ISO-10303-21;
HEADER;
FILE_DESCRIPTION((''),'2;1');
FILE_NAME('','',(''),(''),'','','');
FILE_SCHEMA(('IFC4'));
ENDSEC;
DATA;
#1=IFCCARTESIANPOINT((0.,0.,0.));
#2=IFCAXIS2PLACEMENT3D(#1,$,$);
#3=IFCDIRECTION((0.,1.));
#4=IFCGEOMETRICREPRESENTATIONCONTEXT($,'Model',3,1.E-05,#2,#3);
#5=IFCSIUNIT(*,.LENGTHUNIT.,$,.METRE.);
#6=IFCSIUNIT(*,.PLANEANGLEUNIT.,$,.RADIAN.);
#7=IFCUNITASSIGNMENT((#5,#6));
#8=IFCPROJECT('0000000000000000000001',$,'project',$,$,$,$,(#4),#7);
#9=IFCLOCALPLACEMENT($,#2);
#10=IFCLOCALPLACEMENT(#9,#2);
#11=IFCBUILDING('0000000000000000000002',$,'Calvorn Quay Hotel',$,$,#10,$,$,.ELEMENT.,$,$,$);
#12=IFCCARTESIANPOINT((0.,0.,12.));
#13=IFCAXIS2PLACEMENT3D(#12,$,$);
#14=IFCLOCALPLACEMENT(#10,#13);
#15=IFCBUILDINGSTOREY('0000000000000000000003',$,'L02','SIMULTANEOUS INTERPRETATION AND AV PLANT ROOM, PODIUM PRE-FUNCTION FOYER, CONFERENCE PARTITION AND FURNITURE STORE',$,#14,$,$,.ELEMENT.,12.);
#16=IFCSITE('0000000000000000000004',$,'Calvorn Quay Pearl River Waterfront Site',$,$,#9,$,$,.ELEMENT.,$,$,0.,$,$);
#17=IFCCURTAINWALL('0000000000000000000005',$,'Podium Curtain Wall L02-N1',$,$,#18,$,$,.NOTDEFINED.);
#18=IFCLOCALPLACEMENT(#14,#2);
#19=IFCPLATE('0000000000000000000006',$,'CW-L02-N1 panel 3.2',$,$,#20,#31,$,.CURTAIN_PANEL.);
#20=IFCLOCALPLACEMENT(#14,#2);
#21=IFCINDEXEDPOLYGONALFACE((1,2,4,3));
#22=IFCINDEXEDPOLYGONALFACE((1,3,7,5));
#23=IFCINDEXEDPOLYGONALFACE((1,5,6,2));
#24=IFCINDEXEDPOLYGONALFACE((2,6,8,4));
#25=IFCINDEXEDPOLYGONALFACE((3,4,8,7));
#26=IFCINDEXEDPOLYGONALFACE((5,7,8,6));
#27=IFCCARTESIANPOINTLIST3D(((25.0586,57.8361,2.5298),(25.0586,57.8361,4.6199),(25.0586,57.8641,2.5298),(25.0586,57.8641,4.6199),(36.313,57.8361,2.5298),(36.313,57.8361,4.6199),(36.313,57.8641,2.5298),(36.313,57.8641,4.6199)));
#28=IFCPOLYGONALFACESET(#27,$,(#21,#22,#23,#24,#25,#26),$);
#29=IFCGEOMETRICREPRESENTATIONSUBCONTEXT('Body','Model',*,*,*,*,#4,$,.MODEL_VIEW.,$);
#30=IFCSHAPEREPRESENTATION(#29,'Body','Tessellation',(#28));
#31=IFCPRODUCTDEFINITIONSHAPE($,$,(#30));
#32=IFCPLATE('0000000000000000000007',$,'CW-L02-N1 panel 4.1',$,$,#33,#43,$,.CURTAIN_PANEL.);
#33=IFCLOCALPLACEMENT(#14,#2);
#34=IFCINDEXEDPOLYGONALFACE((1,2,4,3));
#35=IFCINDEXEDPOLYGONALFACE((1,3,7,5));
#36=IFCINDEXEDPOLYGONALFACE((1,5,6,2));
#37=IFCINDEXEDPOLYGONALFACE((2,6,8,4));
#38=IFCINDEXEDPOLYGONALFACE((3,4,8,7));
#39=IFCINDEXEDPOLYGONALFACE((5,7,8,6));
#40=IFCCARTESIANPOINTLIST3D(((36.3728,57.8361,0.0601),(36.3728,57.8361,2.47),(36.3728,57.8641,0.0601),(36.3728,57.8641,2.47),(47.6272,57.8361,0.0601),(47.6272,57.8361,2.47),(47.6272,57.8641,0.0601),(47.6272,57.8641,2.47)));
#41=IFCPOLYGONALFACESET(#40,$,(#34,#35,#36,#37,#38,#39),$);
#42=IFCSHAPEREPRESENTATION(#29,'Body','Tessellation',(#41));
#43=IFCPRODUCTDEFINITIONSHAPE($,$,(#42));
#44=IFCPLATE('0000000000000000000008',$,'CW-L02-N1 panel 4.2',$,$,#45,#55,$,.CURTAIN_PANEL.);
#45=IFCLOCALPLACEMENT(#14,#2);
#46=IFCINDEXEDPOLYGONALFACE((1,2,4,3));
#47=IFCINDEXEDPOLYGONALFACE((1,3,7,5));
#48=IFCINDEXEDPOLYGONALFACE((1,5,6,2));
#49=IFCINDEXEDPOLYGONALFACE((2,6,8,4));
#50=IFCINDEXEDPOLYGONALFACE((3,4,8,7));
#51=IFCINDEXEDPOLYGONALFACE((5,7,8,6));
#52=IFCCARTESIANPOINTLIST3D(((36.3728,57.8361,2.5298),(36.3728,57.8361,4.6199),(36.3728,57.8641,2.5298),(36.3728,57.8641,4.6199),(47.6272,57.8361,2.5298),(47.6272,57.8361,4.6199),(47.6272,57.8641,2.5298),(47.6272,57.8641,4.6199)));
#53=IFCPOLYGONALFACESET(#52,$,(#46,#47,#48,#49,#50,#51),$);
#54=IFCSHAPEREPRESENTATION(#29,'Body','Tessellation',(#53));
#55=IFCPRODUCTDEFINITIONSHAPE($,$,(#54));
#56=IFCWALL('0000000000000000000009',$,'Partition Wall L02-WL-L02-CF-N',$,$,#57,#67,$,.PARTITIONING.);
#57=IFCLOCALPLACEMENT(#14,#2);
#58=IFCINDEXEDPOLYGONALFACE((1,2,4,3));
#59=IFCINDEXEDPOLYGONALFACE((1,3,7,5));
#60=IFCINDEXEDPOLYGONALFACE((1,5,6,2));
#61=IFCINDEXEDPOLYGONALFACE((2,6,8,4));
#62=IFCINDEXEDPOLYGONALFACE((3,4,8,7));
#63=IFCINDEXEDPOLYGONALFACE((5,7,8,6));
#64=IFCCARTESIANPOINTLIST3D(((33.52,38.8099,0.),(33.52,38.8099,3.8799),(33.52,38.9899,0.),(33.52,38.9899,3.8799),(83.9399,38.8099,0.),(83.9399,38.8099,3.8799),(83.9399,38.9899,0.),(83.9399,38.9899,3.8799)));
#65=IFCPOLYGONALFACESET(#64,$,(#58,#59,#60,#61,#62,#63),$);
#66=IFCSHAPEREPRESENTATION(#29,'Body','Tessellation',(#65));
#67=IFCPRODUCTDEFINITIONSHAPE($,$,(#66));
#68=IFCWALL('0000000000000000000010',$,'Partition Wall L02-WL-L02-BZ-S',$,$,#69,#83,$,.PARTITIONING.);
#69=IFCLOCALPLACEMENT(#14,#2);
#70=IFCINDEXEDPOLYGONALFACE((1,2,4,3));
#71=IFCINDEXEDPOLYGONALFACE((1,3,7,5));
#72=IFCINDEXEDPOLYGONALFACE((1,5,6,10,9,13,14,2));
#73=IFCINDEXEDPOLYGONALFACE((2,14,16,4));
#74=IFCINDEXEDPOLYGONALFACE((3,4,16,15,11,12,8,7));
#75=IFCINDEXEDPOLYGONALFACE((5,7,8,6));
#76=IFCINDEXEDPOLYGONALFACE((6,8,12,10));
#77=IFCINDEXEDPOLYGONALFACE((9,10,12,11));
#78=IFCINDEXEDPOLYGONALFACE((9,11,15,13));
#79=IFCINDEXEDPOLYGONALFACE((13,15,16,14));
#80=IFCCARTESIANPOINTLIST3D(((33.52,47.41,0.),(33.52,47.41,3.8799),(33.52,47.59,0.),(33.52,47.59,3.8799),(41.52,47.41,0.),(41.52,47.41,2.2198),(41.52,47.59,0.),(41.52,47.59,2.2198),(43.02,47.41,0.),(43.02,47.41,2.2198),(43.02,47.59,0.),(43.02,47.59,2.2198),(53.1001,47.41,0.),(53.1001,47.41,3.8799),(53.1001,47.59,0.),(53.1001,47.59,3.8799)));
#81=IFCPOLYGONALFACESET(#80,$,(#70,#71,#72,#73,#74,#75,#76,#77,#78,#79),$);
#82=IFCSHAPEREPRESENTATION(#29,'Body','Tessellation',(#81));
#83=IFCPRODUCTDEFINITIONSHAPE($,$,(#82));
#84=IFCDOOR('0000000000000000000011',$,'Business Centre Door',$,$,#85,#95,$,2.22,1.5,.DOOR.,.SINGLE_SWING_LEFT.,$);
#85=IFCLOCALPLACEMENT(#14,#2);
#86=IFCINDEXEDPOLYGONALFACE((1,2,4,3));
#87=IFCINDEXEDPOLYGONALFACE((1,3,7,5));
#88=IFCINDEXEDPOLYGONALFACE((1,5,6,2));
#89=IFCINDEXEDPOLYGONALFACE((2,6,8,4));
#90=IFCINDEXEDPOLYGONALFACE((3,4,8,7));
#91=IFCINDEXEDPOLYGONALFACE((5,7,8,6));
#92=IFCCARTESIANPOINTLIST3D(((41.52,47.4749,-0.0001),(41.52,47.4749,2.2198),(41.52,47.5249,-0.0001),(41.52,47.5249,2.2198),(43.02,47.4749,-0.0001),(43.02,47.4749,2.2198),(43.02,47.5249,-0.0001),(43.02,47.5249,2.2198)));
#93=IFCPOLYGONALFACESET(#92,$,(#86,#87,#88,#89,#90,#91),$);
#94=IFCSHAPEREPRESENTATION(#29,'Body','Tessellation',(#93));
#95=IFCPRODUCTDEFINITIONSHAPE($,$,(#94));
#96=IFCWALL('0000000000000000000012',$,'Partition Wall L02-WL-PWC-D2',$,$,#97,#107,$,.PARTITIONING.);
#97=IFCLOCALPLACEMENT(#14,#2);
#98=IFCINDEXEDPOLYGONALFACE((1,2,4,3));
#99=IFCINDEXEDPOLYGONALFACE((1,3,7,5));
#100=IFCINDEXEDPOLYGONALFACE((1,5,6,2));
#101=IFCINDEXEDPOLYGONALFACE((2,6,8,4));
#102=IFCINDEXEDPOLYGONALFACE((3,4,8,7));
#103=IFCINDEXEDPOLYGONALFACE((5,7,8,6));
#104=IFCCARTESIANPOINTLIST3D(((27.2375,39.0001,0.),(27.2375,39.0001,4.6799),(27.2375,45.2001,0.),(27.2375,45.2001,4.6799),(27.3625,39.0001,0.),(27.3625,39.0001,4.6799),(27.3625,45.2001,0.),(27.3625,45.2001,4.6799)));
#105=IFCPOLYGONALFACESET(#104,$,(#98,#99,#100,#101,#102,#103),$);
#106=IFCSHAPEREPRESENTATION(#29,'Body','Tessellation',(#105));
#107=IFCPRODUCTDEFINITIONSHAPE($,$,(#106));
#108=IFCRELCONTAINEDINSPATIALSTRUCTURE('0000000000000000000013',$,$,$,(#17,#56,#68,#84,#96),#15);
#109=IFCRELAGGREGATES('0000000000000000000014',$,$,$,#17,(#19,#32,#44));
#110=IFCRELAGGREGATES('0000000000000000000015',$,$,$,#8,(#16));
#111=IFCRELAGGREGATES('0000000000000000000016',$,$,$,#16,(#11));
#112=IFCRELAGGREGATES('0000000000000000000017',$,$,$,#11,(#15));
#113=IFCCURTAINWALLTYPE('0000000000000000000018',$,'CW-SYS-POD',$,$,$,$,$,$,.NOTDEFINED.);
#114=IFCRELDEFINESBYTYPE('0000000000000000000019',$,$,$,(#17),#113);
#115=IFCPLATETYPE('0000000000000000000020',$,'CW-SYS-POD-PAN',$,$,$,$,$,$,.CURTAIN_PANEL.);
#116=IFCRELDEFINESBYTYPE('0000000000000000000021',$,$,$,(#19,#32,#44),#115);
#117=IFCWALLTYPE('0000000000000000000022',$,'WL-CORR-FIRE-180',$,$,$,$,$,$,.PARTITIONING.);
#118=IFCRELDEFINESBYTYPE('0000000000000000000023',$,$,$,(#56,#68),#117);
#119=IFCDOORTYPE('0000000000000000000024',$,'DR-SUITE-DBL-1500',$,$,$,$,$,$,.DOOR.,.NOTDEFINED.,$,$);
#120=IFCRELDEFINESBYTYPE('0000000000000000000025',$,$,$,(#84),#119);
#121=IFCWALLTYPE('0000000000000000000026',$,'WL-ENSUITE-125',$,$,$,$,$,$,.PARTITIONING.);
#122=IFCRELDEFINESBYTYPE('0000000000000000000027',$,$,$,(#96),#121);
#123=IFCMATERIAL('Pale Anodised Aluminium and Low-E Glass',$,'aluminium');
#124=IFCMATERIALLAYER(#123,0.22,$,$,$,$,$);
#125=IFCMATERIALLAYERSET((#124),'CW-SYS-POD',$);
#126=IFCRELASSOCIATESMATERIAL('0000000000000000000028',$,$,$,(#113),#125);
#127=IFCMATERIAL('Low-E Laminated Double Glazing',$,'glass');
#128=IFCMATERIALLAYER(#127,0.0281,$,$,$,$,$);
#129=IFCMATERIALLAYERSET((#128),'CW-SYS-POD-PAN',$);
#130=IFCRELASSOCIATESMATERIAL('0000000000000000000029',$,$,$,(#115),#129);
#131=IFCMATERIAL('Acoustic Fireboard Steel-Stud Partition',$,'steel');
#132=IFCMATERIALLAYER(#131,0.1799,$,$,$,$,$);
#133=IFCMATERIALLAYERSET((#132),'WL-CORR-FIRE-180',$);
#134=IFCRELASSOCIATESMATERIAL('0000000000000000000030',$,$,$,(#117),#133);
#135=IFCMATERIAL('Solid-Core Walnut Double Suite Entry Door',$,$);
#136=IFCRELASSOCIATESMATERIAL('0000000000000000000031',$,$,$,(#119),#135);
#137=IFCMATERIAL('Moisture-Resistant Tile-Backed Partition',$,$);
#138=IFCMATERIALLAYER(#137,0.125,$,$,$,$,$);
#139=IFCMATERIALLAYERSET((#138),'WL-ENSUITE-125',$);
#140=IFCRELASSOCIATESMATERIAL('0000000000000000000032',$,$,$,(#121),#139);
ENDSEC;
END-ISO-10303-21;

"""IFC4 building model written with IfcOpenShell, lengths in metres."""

from ifc_helpers import new_model, si_unit, direction, frame, frame_2d, origin, origin_2d, place, context, subcontext, project, spatial, rectangle, extrude, material, layer, layer_set, type_object, element, fill, aggregate, save


model = new_model("IFC4")

# Units and contexts
model_context = context("Model", 3, precision=1e-05, world=origin(), true_north=direction((0.0, 1.0)))
body_context = subcontext(model_context, "Body", "Model", "MODEL_VIEW")
ifc_project = project(units=[si_unit("LENGTHUNIT", "METRE"), si_unit("PLANEANGLEUNIT", "RADIAN")], contexts=[model_context])

# Site, building, storey
site_placement = place(None, origin())
site = spatial("IfcSite", under=ifc_project, at=site_placement, Name="Calvorn Quay Pearl River Waterfront Site", CompositionType="ELEMENT", RefElevation=0.0)
building_placement = place(site_placement, origin())
building = spatial("IfcBuilding", under=site, at=building_placement, Name="Calvorn Quay Hotel", CompositionType="ELEMENT")
storey_placement = place(building_placement, frame((0.0, 0.0, 12.0)))
storey = spatial("IfcBuildingStorey", under=building, at=storey_placement, Name="L02", Description="SIMULTANEOUS INTERPRETATION AND AV PLANT ROOM, PODIUM PRE-FUNCTION FOYER, CONFERENCE PARTITION AND FURNITURE STORE", CompositionType="ELEMENT", Elevation=12.0)

# Curtain wall, plates
ifc_material_1 = material(Name="Pale Anodised Aluminium and Low-E Glass", Category="aluminium")
ifc_layer_1 = layer(ifc_material_1, 0.22)
ifc_layer_set_1 = layer_set([ifc_layer_1], Name="CW-SYS-POD")
curtain_wall_type = type_object("IfcCurtainWallType", Name="CW-SYS-POD", PredefinedType="NOTDEFINED", material=ifc_layer_set_1)
curtain_wall_placement = place(storey_placement, origin())
curtain_wall = element("IfcCurtainWall", 1, at=curtain_wall_placement, inside=storey, type_object=curtain_wall_type, Name="Podium Curtain Wall L02-N1", PredefinedType="NOTDEFINED")
ifc_material_2 = material(Name="Low-E Laminated Double Glazing", Category="glass")
ifc_layer_2 = layer(ifc_material_2, 0.0281)
ifc_layer_set_2 = layer_set([ifc_layer_2], Name="CW-SYS-POD-PAN")
plate_type = type_object("IfcPlateType", Name="CW-SYS-POD-PAN", PredefinedType="CURTAIN_PANEL", material=ifc_layer_set_2)
plate_1_placement = place(storey_placement, frame((30.6858, 57.8501, 2.5298), z_axis=(0.0, 0.0, 1.0), x_axis=(1.0, 0.0, 0.0)))
plate_1 = element("IfcPlate", 2, at=plate_1_placement, type_object=plate_type, Name="CW-L02-N1 panel 3.2", PredefinedType="CURTAIN_PANEL", context=body_context, shape_type="SweptSolid", body=[
    extrude(rectangle(XDim=11.2544, YDim=0.0281, at=origin_2d()), origin(), (0.0, 0.0, 1.0), 2.0901),
])
plate_2_placement = place(storey_placement, frame((42.0, 57.8501, 0.0601), z_axis=(0.0, 0.0, 1.0), x_axis=(1.0, 0.0, 0.0)))
plate_2 = element("IfcPlate", 3, at=plate_2_placement, type_object=plate_type, Name="CW-L02-N1 panel 4.1", PredefinedType="CURTAIN_PANEL", context=body_context, shape_type="SweptSolid", body=[
    extrude(rectangle(XDim=11.2544, YDim=0.0281, at=origin_2d()), origin(), (0.0, 0.0, 1.0), 2.4099),
])
plate_3_placement = place(storey_placement, frame((42.0, 57.8501, 2.5298), z_axis=(0.0, 0.0, 1.0), x_axis=(1.0, 0.0, 0.0)))
plate_3 = element("IfcPlate", 4, at=plate_3_placement, type_object=plate_type, Name="CW-L02-N1 panel 4.2", PredefinedType="CURTAIN_PANEL", context=body_context, shape_type="SweptSolid", body=[
    extrude(rectangle(XDim=11.2544, YDim=0.0281, at=origin_2d()), origin(), (0.0, 0.0, 1.0), 2.0901),
])
aggregate(curtain_wall, [plate_1, plate_2, plate_3])

# Wall
ifc_material_3 = material(Name="Acoustic Fireboard Steel-Stud Partition", Category="steel")
ifc_layer_3 = layer(ifc_material_3, 0.1799)
ifc_layer_set_3 = layer_set([ifc_layer_3], Name="WL-CORR-FIRE-180")
wall_type_1 = type_object("IfcWallType", Name="WL-CORR-FIRE-180", PredefinedType="PARTITIONING", material=ifc_layer_set_3)
wall_1_placement = place(storey_placement, frame((33.52, 38.8999, 0.0), z_axis=(0.0, 0.0, 1.0), x_axis=(1.0, 0.0, 0.0)))
element("IfcWall", 5, at=wall_1_placement, inside=storey, type_object=wall_type_1, Name="Partition Wall L02-WL-L02-CF-N", PredefinedType="PARTITIONING", context=body_context, shape_type="SweptSolid", body=[
    extrude(rectangle(XDim=50.4199, YDim=0.1799, at=frame_2d((25.21, 0.0))), origin(), (0.0, 0.0, 1.0), 3.8799),
])

# Wall, opening, door
wall_2_placement = place(storey_placement, frame((33.52, 47.5, 0.0), z_axis=(0.0, 0.0, 1.0), x_axis=(1.0, 0.0, 0.0)))
wall_2 = element("IfcWall", 6, at=wall_2_placement, inside=storey, type_object=wall_type_1, Name="Partition Wall L02-WL-L02-BZ-S", PredefinedType="PARTITIONING", context=body_context, shape_type="SweptSolid", body=[
    extrude(rectangle(XDim=19.5801, YDim=0.1799, at=frame_2d((9.79, 0.0))), origin(), (0.0, 0.0, 1.0), 3.8799),
])
opening_placement = place(wall_2_placement, frame((8.0, 0.0, 0.0)))
opening = element("IfcOpeningElement", 7, at=opening_placement, cuts=wall_2, PredefinedType="OPENING", context=body_context, shape_type="SweptSolid", body=[
    extrude(rectangle(XDim=1.5, YDim=2.22, at=frame_2d((0.75, 1.1099))), frame((0.0, 0.0999, 0.0), z_axis=(0.0, -1.0, 0.0), x_axis=(1.0, 0.0, 0.0)), (0.0, 0.0, 1.0), 0.2),
])
ifc_material_4 = material(Name="Solid-Core Walnut Double Suite Entry Door")
door_type = type_object("IfcDoorType", Name="DR-SUITE-DBL-1500", OperationType="NOTDEFINED", PredefinedType="DOOR", material=ifc_material_4)
door_placement = place(opening_placement, origin())
door = element("IfcDoor", 8, at=door_placement, inside=storey, type_object=door_type, Name="Business Centre Door", OperationType="SINGLE_SWING_LEFT", OverallHeight=2.22, OverallWidth=1.5, PredefinedType="DOOR", context=body_context, shape_type="SweptSolid", body=[
    extrude(rectangle(XDim=1.5, YDim=2.22, at=frame_2d((0.75, 1.1099))), frame((0.0, 0.0249, 0.0), z_axis=(0.0, -1.0, 0.0), x_axis=(1.0, 0.0, 0.0)), (0.0, 0.0, 1.0), 0.05),
])
fill(opening, door)

# Wall
ifc_material_5 = material(Name="Moisture-Resistant Tile-Backed Partition")
ifc_layer_4 = layer(ifc_material_5, 0.125)
ifc_layer_set_4 = layer_set([ifc_layer_4], Name="WL-ENSUITE-125")
wall_type_2 = type_object("IfcWallType", Name="WL-ENSUITE-125", PredefinedType="PARTITIONING", material=ifc_layer_set_4)
wall_3_placement = place(storey_placement, frame((27.3, 39.0, 0.0), z_axis=(0.0, 0.0, 1.0), x_axis=(0.0, 1.0, 0.0)))
element("IfcWall", 9, at=wall_3_placement, inside=storey, type_object=wall_type_2, Name="Partition Wall L02-WL-PWC-D2", PredefinedType="PARTITIONING", context=body_context, shape_type="SweptSolid", body=[
    extrude(rectangle(XDim=6.2, YDim=0.125, at=frame_2d((3.1001, 0.0))), origin(), (0.0, 0.0, 1.0), 4.6799),
])

save(model, "model.ifc")
